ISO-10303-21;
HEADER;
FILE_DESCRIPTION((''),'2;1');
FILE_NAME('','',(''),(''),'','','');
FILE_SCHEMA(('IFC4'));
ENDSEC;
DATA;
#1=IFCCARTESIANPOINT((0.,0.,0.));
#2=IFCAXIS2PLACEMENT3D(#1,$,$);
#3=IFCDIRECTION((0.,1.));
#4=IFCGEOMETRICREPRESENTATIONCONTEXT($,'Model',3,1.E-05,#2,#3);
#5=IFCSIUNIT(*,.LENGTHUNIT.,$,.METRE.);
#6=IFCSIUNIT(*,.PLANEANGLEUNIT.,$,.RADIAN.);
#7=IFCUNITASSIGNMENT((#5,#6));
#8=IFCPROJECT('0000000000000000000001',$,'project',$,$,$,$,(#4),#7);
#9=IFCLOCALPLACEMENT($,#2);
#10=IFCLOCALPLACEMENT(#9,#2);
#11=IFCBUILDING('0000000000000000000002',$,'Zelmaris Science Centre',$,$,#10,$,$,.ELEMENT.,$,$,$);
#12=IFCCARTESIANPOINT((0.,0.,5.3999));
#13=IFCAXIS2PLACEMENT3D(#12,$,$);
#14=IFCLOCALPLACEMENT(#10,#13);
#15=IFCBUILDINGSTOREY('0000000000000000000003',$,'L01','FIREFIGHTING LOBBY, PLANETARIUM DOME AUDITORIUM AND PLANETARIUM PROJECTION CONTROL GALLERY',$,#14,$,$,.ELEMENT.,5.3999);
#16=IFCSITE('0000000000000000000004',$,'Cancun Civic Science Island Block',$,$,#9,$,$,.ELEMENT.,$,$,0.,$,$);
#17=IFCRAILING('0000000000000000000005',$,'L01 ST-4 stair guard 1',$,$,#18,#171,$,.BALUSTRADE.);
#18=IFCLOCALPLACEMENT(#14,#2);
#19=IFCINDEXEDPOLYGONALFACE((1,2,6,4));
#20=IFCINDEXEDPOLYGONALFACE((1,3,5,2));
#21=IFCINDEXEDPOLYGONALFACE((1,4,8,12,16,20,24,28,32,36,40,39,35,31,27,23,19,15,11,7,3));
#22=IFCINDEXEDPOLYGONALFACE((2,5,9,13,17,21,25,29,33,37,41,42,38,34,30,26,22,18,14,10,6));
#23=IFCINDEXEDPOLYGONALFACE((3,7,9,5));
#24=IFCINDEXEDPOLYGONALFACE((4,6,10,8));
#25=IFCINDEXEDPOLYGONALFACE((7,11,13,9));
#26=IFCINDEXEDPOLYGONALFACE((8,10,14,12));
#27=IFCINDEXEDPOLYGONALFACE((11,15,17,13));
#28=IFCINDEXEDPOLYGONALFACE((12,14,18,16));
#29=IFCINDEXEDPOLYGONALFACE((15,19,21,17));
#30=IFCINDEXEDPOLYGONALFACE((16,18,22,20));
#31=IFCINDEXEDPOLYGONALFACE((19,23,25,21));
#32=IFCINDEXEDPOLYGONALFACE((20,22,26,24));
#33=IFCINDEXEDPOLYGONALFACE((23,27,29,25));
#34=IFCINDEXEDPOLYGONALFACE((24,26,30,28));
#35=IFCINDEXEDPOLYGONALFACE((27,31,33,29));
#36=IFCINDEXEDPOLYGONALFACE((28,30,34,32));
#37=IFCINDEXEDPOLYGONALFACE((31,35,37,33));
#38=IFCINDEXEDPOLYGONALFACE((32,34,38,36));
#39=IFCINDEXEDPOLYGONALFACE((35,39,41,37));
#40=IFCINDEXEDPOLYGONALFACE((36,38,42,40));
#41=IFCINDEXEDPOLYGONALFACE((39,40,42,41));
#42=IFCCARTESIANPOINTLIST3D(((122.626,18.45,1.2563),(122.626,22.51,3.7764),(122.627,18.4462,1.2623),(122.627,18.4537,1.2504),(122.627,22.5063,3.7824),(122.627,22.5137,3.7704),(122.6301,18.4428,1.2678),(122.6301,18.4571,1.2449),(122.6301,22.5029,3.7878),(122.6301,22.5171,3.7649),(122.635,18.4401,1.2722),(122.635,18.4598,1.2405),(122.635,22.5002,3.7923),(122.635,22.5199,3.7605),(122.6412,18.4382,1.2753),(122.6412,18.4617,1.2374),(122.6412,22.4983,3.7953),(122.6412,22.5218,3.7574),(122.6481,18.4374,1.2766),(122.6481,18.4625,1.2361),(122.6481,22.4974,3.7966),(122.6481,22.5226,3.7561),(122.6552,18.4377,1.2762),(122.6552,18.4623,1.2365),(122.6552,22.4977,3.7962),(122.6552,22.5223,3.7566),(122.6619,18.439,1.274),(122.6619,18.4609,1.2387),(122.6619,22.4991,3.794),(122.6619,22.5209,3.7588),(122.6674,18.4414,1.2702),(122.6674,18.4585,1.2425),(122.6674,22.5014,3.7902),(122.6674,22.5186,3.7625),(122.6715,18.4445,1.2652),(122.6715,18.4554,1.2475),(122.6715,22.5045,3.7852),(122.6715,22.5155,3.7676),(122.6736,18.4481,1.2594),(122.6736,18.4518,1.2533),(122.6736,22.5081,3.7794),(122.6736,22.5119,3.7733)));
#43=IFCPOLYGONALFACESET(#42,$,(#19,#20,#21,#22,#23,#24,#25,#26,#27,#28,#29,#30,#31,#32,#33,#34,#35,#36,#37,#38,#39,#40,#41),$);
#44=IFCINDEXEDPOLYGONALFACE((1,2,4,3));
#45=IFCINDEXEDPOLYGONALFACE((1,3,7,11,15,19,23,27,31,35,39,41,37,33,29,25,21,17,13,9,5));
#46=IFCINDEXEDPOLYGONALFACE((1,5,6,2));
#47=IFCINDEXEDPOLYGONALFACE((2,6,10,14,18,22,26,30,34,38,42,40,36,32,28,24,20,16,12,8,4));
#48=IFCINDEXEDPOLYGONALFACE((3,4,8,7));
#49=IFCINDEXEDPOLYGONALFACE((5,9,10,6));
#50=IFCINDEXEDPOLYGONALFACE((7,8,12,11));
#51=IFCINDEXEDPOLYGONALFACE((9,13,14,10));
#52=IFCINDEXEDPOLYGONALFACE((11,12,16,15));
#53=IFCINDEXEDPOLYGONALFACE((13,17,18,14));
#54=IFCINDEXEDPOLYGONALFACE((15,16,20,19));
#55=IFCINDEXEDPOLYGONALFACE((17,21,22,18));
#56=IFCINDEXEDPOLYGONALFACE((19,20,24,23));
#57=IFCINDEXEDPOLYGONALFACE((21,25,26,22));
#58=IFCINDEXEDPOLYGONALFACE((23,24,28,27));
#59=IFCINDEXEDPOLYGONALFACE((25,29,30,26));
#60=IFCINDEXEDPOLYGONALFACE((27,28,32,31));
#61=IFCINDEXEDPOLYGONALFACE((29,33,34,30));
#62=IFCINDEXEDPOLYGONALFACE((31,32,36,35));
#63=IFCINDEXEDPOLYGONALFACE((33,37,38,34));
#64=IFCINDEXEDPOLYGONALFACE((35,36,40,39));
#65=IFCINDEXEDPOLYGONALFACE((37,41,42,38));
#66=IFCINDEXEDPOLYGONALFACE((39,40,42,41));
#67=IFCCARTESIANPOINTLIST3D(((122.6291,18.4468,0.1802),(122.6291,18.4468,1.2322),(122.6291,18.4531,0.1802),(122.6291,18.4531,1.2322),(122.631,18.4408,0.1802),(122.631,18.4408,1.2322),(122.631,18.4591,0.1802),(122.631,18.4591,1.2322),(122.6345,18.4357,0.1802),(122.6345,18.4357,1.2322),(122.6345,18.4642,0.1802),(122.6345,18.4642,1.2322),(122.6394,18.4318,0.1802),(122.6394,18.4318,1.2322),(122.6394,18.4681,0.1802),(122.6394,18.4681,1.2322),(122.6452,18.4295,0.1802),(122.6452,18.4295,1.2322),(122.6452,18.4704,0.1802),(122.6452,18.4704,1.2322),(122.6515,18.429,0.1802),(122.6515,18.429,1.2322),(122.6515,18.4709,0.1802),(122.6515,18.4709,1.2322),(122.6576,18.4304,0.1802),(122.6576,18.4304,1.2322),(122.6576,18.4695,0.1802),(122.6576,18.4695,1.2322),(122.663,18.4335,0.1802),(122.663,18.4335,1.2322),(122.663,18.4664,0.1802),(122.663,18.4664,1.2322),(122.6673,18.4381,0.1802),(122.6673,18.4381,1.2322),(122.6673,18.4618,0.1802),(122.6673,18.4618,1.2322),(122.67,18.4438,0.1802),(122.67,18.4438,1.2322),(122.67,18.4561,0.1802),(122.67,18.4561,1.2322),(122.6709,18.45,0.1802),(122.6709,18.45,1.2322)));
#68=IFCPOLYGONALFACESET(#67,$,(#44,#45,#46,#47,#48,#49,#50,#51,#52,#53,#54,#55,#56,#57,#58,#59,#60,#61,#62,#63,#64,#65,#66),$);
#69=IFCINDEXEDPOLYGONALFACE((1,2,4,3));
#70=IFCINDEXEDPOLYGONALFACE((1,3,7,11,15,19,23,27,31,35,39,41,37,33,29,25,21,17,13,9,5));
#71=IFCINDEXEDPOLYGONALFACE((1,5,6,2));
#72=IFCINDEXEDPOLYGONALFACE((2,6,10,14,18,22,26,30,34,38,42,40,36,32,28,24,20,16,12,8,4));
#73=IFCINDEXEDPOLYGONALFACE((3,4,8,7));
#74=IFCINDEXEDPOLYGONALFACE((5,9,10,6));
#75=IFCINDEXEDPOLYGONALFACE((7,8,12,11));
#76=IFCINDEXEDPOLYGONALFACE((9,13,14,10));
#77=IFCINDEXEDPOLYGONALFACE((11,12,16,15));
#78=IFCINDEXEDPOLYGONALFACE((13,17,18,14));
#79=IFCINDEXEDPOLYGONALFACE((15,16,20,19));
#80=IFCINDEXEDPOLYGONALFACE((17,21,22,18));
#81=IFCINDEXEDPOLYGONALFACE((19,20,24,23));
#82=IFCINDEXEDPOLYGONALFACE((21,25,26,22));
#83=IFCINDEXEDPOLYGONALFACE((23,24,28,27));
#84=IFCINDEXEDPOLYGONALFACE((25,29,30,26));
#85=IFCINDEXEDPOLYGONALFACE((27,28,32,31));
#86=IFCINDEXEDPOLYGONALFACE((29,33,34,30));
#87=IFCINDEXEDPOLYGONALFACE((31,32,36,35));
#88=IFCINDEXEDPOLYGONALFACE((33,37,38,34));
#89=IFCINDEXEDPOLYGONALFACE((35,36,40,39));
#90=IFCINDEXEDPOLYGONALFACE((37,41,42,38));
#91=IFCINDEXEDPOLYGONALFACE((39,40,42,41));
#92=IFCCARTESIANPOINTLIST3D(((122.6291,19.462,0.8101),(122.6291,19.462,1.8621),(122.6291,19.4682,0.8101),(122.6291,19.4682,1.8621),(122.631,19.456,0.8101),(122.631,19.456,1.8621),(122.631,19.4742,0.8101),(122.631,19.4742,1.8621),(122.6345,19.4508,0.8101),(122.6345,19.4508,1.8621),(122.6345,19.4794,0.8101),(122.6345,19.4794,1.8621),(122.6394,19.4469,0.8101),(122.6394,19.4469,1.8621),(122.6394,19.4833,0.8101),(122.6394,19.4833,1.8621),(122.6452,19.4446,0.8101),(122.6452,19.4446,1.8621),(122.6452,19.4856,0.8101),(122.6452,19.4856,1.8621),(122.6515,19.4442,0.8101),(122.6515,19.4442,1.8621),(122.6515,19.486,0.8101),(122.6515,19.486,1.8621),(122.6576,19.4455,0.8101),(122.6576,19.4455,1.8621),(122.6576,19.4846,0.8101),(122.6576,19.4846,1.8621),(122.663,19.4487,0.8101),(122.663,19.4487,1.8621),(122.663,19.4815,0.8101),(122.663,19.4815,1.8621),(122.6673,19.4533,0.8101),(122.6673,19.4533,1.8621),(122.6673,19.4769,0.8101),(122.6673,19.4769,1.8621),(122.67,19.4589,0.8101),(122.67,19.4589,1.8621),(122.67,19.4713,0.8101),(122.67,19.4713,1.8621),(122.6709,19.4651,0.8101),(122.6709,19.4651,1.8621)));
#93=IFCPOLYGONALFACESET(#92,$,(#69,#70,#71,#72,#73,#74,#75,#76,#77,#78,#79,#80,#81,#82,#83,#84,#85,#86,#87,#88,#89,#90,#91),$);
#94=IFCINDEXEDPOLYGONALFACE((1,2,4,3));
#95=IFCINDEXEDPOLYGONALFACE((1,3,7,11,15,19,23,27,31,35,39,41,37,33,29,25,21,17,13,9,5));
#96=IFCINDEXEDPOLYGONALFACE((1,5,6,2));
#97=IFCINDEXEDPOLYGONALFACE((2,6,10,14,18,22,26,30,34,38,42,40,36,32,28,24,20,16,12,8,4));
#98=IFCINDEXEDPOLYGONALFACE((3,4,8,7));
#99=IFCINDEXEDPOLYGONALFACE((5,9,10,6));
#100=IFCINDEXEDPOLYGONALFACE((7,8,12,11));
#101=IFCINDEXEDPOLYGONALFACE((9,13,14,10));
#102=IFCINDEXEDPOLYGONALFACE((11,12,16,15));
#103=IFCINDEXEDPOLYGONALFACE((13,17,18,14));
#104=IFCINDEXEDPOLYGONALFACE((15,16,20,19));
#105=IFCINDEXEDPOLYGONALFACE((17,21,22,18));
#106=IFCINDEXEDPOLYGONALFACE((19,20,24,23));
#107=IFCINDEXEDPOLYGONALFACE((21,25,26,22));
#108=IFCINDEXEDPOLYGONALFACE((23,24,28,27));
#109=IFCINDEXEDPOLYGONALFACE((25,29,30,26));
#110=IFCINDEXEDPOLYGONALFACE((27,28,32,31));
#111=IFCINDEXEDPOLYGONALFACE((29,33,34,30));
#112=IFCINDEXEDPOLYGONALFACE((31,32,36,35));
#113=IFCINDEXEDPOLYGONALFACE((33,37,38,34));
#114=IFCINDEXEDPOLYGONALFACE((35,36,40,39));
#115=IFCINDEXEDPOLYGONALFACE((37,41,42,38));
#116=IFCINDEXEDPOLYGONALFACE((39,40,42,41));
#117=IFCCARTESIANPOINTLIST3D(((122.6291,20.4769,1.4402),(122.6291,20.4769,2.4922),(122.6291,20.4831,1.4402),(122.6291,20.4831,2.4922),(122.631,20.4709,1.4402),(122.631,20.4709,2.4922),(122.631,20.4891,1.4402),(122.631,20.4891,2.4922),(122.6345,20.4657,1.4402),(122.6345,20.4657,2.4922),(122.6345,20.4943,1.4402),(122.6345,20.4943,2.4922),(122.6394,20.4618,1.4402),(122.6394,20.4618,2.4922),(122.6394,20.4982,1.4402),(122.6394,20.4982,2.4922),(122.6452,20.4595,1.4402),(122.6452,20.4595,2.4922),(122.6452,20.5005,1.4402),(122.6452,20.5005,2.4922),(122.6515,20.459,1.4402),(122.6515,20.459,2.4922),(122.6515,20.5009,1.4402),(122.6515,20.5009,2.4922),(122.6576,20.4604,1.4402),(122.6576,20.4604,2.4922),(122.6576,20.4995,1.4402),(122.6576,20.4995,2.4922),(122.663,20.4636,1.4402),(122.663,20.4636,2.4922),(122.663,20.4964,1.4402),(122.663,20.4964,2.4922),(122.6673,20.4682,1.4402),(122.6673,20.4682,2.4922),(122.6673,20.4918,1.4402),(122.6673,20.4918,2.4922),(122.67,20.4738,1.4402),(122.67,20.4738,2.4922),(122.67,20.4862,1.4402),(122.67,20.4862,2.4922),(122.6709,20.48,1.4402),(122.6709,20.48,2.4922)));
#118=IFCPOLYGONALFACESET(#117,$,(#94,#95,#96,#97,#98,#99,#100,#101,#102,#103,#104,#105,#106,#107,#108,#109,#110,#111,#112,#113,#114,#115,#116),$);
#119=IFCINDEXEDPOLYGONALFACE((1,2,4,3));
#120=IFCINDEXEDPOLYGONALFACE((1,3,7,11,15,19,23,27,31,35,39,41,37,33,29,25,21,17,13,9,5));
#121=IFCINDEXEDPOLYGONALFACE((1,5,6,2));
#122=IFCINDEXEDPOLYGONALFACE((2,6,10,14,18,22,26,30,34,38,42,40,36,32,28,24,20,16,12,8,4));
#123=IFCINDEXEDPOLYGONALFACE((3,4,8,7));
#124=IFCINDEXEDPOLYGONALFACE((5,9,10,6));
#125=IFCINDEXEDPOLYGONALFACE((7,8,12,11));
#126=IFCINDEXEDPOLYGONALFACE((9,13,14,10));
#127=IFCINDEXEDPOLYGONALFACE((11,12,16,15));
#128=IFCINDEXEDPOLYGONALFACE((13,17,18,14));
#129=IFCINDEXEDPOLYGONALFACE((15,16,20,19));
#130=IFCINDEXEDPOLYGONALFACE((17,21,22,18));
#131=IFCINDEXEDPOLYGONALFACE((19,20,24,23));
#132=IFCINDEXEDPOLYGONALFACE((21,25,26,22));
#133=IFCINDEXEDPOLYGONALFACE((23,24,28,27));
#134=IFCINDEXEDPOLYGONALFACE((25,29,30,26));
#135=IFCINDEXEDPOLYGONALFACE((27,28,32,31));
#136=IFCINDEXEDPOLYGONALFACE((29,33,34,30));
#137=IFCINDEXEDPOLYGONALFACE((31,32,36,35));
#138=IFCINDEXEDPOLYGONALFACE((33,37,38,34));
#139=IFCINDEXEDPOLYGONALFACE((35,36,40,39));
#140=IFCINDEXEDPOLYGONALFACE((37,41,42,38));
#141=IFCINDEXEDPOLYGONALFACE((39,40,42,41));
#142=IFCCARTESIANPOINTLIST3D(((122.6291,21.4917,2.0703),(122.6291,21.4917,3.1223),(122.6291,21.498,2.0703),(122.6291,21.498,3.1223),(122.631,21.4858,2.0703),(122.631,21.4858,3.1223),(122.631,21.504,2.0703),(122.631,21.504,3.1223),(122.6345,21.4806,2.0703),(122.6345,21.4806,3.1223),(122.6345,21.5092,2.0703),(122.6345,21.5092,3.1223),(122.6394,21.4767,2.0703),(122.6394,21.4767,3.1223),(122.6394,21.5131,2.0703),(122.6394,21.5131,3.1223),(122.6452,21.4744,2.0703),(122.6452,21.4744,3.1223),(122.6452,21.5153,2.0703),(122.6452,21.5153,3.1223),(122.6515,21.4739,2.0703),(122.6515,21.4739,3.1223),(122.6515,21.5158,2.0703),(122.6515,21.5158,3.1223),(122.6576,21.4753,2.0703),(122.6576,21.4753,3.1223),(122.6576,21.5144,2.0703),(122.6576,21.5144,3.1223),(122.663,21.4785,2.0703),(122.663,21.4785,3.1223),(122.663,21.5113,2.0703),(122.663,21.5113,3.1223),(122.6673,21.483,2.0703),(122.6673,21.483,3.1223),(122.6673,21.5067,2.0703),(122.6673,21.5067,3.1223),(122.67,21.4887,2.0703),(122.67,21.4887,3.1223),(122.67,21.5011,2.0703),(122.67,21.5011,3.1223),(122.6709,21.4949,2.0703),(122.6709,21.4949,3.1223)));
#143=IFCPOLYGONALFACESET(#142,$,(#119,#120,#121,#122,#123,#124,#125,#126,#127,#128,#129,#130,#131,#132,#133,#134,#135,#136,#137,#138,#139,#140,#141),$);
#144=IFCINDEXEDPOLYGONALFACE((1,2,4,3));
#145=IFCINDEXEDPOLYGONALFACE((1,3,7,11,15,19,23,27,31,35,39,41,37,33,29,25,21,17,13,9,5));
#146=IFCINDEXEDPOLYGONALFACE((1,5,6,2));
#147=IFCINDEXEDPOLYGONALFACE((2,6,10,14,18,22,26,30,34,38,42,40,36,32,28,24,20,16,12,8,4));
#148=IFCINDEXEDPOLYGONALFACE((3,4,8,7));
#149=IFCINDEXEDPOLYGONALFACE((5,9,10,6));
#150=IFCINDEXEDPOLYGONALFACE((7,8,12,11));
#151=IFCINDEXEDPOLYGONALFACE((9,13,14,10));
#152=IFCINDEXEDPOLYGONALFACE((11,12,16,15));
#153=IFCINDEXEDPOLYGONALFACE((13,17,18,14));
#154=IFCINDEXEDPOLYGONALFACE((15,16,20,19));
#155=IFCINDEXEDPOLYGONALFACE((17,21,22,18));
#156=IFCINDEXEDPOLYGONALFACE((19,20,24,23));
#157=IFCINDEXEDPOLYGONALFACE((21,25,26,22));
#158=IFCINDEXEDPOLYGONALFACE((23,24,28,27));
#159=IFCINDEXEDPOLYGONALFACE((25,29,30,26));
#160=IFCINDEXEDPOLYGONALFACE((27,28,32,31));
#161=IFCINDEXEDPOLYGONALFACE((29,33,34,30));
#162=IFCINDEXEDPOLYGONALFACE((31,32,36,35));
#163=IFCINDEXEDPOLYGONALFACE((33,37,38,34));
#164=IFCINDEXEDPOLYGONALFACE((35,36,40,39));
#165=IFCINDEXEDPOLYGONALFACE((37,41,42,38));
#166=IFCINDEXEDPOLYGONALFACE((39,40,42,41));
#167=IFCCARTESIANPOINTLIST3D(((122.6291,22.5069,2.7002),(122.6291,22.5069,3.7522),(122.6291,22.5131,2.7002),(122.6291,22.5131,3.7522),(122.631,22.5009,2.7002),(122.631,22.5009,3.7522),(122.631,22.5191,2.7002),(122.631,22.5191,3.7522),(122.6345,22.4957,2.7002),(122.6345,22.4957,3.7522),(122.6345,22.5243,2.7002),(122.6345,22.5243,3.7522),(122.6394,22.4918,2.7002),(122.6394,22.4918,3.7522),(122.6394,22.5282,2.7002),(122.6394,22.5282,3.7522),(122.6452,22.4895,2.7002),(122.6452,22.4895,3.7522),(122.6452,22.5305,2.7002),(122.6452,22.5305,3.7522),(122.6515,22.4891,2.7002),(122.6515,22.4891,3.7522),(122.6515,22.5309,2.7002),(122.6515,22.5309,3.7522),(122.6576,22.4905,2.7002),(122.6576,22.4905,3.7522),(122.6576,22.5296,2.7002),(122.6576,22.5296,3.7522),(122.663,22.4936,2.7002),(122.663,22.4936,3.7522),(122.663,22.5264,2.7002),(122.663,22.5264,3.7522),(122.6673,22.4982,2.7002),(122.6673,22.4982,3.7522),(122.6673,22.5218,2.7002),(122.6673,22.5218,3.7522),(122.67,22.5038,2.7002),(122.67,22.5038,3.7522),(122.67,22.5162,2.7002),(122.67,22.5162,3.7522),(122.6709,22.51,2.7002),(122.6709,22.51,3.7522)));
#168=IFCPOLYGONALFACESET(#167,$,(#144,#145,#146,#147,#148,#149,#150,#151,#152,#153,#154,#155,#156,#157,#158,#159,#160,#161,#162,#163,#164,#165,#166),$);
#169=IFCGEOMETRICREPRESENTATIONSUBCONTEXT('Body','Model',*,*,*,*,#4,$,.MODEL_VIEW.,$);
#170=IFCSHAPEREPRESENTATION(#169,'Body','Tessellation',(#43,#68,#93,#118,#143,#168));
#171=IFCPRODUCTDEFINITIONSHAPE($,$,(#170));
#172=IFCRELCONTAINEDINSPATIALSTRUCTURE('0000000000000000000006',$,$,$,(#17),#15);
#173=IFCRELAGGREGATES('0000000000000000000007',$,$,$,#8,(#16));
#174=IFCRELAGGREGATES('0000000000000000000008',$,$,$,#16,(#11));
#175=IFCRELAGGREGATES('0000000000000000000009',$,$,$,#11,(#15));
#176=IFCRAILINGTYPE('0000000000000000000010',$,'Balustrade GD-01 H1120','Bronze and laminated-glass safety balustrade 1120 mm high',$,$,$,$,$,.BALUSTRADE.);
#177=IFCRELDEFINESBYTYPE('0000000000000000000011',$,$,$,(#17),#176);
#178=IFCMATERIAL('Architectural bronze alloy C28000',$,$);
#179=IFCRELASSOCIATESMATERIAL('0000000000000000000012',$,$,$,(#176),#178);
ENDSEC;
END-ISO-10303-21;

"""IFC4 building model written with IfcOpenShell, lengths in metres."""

from ifc_helpers import new_model, si_unit, direction, frame, origin, origin_2d, place, context, subcontext, project, spatial, circle, extrude, material, type_object, element, save


model = new_model("IFC4")

# Units and contexts
model_context = context("Model", 3, precision=1e-05, world=origin(), true_north=direction((0.0, 1.0)))
body_context = subcontext(model_context, "Body", "Model", "MODEL_VIEW")
ifc_project = project(units=[si_unit("LENGTHUNIT", "METRE"), si_unit("PLANEANGLEUNIT", "RADIAN")], contexts=[model_context])

# Site, building, storey
site_placement = place(None, origin())
site = spatial("IfcSite", under=ifc_project, at=site_placement, Name="Cancun Civic Science Island Block", CompositionType="ELEMENT", RefElevation=0.0)
building_placement = place(site_placement, origin())
building = spatial("IfcBuilding", under=site, at=building_placement, Name="Zelmaris Science Centre", CompositionType="ELEMENT")
storey_placement = place(building_placement, frame((0.0, 0.0, 5.3999)))
storey = spatial("IfcBuildingStorey", under=building, at=storey_placement, Name="L01", Description="FIREFIGHTING LOBBY, PLANETARIUM DOME AUDITORIUM AND PLANETARIUM PROJECTION CONTROL GALLERY", CompositionType="ELEMENT", Elevation=5.3999)

# Railing
ifc_material_1 = material(Name="Architectural bronze alloy C28000")
railing_type_1 = type_object("IfcRailingType", Name="Balustrade GD-01 H1120", Description="Bronze and laminated-glass safety balustrade 1120 mm high", PredefinedType="BALUSTRADE", material=ifc_material_1)
railing_1_placement = place(storey_placement, frame((122.6499, 18.45, 0.1802)))
element("IfcRailing", 1, at=railing_1_placement, inside=storey, type_object=railing_type_1, Name="L01 ST-4 stair guard 1", PredefinedType="BALUSTRADE", context=body_context, shape_type="SweptSolid", body=[
    extrude(circle(Radius=0.0239, at=origin_2d()), frame((0.0, 0.0, 1.0762), z_axis=(0.0, 0.849642, 0.52736), x_axis=(-1.0, 0.0, 0.0)), (0.0, 0.0, 1.0), 4.7786),
    extrude(circle(Radius=0.021, at=origin_2d()), origin(), (0.0, 0.0, 1.0), 1.052),
    extrude(circle(Radius=0.021, at=origin_2d()), frame((0.0, 1.0151, 0.6299)), (0.0, 0.0, 1.0), 1.052),
    extrude(circle(Radius=0.021, at=origin_2d()), frame((0.0, 2.03, 1.26)), (0.0, 0.0, 1.0), 1.052),
    extrude(circle(Radius=0.021, at=origin_2d()), frame((0.0, 3.0449, 1.8901)), (0.0, 0.0, 1.0), 1.052),
    extrude(circle(Radius=0.021, at=origin_2d()), frame((0.0, 4.0601, 2.52)), (0.0, 0.0, 1.0), 1.052),
])

save(model, "model.ifc")
